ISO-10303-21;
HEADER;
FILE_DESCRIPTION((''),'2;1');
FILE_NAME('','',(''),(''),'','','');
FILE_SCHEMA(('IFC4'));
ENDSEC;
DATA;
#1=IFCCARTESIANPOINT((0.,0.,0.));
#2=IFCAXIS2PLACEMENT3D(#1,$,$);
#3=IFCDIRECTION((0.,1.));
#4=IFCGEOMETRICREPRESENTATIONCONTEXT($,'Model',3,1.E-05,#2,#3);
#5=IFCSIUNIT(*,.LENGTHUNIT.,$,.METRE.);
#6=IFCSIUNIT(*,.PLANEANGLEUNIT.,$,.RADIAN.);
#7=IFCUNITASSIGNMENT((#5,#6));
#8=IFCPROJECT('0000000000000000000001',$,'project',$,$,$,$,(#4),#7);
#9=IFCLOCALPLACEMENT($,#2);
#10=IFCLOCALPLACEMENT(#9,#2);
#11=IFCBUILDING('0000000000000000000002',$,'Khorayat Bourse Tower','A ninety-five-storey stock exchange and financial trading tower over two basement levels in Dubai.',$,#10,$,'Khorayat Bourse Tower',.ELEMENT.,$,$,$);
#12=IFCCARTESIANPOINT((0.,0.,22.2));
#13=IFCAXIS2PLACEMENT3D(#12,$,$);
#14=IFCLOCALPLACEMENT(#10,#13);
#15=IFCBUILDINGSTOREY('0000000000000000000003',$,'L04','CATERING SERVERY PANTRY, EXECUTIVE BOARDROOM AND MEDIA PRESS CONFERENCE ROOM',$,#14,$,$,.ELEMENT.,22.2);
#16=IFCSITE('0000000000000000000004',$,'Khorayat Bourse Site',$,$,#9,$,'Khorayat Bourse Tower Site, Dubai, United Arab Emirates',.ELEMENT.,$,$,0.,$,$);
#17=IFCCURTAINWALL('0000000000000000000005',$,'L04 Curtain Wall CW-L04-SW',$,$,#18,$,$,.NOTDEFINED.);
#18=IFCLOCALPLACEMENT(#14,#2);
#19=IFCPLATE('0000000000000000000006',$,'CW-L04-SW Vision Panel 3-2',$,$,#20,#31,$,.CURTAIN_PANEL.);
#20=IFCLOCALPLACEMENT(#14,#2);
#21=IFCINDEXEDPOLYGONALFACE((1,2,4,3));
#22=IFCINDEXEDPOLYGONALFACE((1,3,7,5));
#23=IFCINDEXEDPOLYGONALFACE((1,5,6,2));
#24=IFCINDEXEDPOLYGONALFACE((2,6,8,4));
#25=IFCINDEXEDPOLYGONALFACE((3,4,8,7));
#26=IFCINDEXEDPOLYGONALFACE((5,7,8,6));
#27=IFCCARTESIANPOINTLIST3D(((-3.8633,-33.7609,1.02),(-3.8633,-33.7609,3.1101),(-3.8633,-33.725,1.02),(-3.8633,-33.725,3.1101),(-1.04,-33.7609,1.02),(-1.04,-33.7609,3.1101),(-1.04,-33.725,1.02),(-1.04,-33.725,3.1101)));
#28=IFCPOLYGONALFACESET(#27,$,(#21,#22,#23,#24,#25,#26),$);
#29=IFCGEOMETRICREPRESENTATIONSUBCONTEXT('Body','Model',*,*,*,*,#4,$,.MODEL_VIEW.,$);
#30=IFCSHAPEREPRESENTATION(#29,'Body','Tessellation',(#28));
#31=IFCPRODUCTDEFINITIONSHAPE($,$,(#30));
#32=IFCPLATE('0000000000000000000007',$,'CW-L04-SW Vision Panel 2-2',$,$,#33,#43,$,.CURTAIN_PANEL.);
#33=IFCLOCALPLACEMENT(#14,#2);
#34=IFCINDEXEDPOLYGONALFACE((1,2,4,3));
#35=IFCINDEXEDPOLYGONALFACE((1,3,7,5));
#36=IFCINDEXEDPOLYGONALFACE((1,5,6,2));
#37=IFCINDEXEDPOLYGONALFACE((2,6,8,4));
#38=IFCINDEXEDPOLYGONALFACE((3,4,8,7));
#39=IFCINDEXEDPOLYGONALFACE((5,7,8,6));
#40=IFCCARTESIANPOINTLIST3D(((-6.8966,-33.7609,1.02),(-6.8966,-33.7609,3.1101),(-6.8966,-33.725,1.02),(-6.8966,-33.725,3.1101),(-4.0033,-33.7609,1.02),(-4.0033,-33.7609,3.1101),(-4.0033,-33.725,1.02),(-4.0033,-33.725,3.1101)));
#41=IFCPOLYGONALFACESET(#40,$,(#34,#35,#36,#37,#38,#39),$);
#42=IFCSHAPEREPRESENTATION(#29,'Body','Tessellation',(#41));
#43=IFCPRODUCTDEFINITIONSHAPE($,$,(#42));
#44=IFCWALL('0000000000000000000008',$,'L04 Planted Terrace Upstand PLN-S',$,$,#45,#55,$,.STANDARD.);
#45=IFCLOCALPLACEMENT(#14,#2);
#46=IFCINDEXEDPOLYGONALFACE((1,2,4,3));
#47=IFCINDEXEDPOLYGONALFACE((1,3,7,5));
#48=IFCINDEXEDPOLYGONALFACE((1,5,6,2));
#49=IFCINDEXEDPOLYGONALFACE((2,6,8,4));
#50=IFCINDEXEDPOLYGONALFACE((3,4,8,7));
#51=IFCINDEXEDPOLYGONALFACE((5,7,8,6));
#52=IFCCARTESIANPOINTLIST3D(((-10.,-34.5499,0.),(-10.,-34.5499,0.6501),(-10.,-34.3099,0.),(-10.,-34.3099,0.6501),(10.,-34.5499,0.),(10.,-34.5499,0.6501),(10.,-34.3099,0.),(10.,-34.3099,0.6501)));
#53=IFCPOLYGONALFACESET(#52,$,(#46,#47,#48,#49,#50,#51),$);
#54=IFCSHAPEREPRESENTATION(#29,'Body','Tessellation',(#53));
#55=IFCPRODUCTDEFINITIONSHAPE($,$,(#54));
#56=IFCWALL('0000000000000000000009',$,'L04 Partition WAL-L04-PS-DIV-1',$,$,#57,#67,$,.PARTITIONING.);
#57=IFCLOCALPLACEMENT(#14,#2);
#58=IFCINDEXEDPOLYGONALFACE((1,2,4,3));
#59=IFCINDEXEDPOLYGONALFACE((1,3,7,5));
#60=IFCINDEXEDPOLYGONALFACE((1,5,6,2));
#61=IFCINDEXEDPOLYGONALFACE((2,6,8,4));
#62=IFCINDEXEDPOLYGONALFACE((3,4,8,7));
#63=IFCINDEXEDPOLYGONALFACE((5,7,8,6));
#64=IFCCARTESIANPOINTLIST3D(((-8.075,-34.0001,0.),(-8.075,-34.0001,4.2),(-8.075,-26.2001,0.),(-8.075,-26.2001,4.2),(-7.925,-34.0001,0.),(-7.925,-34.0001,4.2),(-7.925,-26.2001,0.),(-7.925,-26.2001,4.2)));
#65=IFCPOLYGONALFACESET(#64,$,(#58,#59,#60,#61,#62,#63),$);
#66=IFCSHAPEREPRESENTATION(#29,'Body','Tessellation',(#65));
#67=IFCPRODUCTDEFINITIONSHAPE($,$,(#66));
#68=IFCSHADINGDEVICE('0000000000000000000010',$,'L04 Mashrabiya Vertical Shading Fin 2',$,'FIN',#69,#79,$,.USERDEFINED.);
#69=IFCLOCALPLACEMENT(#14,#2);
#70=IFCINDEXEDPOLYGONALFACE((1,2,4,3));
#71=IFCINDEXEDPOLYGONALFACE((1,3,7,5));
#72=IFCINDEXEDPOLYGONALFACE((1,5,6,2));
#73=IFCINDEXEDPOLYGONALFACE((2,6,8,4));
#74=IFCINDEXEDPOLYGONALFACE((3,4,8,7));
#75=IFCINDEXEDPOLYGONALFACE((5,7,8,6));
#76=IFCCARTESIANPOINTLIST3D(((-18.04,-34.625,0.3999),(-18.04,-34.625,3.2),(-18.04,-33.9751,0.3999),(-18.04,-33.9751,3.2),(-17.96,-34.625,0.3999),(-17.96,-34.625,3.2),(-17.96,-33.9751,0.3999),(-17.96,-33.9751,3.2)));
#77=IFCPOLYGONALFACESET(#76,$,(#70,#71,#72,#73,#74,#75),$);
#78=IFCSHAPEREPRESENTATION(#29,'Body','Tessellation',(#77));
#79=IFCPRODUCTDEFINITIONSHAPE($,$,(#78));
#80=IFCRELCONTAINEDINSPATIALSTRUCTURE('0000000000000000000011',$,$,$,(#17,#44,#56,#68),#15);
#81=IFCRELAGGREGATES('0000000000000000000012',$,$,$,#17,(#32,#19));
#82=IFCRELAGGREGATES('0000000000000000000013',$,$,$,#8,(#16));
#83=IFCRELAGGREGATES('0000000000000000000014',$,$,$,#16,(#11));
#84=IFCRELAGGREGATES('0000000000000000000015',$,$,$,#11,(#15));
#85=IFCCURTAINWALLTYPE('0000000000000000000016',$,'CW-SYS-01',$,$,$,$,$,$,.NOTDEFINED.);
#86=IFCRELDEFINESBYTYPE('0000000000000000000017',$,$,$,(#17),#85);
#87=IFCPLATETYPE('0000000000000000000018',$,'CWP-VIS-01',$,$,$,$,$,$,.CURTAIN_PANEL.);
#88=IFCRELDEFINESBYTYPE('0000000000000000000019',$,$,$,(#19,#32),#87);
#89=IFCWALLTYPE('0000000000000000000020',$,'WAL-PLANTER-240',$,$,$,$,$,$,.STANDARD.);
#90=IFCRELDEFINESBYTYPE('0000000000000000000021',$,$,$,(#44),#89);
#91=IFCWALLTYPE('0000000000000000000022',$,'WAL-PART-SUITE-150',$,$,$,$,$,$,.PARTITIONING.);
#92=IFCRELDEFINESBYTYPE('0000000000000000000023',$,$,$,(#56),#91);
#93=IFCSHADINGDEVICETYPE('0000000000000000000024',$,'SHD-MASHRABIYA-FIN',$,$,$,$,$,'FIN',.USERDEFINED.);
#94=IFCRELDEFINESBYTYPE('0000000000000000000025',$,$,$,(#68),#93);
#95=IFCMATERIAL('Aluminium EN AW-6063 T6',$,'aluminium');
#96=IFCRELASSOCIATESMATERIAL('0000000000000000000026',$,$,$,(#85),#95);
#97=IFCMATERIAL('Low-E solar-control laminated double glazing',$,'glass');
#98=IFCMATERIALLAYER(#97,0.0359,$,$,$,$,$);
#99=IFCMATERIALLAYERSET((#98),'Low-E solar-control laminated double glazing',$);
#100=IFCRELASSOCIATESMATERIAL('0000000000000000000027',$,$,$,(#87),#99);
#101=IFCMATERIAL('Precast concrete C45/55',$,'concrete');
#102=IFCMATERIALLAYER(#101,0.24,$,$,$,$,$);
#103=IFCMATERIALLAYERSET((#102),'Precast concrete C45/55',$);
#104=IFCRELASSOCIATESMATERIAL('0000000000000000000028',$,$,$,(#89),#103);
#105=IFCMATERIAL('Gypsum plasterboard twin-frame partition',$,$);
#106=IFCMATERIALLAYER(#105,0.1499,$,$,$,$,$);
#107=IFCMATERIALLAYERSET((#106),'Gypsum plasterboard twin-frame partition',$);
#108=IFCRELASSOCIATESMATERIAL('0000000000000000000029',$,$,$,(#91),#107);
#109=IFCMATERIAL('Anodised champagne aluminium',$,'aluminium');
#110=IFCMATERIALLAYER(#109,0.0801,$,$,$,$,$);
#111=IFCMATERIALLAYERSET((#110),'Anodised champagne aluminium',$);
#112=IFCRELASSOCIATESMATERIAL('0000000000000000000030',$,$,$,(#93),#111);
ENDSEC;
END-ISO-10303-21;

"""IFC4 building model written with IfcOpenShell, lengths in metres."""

from ifc_helpers import new_model, si_unit, direction, frame, frame_2d, origin, origin_2d, place, context, subcontext, project, spatial, rectangle, extrude, source, transform, mapped, material, layer, layer_set, type_object, element, aggregate, save


model = new_model("IFC4")

# Units and contexts
model_context = context("Model", 3, precision=1e-05, world=origin(), true_north=direction((0.0, 1.0)))
body_context = subcontext(model_context, "Body", "Model", "MODEL_VIEW")
ifc_project = project(units=[si_unit("LENGTHUNIT", "METRE"), si_unit("PLANEANGLEUNIT", "RADIAN")], contexts=[model_context])

# Site, building, storey
site_placement = place(None, origin())
site = spatial("IfcSite", under=ifc_project, at=site_placement, Name="Khorayat Bourse Site", LongName="Khorayat Bourse Tower Site, Dubai, United Arab Emirates", CompositionType="ELEMENT", RefElevation=0.0)
building_placement = place(site_placement, origin())
building = spatial("IfcBuilding", under=site, at=building_placement, Name="Khorayat Bourse Tower", Description="A ninety-five-storey stock exchange and financial trading tower over two basement levels in Dubai.", LongName="Khorayat Bourse Tower", CompositionType="ELEMENT")
storey_placement = place(building_placement, frame((0.0, 0.0, 22.2)))
storey = spatial("IfcBuildingStorey", under=building, at=storey_placement, Name="L04", Description="CATERING SERVERY PANTRY, EXECUTIVE BOARDROOM AND MEDIA PRESS CONFERENCE ROOM", CompositionType="ELEMENT", Elevation=22.2)

# Curtain wall
ifc_material_1 = material(Name="Aluminium EN AW-6063 T6", Category="aluminium")
curtain_wall_type = type_object("IfcCurtainWallType", Name="CW-SYS-01", PredefinedType="NOTDEFINED", material=ifc_material_1)
curtain_wall_placement = place(storey_placement, origin())
curtain_wall = element("IfcCurtainWall", 1, at=curtain_wall_placement, inside=storey, type_object=curtain_wall_type, Name="L04 Curtain Wall CW-L04-SW", PredefinedType="NOTDEFINED")

# Plates
ifc_material_2 = material(Name="Low-E solar-control laminated double glazing", Category="glass")
ifc_layer_1 = layer(ifc_material_2, 0.0359)
ifc_layer_set_1 = layer_set([ifc_layer_1], Name="Low-E solar-control laminated double glazing")
plate_type_1 = type_object("IfcPlateType", Name="CWP-VIS-01", PredefinedType="CURTAIN_PANEL", material=ifc_layer_set_1)
shared_shape_1 = source(origin(), body_context, "Body", "SweptSolid", [
    extrude(rectangle(XDim=2.8232, YDim=0.0359, at=origin_2d()), origin(), (0.0, 0.0, 1.0), 2.0901),
])
plate_1_placement = place(storey_placement, frame((-2.4517, -33.7429, 1.02), z_axis=(0.0, 0.0, 1.0), x_axis=(1.0, 0.0, 0.0)))
plate_1 = element("IfcPlate", 2, at=plate_1_placement, type_object=plate_type_1, Name="CW-L04-SW Vision Panel 3-2", PredefinedType="CURTAIN_PANEL", context=body_context, shape_type="MappedRepresentation", body=[
    mapped(shared_shape_1, transform((0.0, 0.0, 0.0), scale=1.0)),
])
shared_shape_2 = source(origin(), body_context, "Body", "SweptSolid", [
    extrude(rectangle(XDim=2.8933, YDim=0.0359, at=origin_2d()), origin(), (0.0, 0.0, 1.0), 2.0901),
])
plate_2_placement = place(storey_placement, frame((-5.45, -33.7429, 1.02), z_axis=(0.0, 0.0, 1.0), x_axis=(1.0, 0.0, 0.0)))
plate_2 = element("IfcPlate", 3, at=plate_2_placement, type_object=plate_type_1, Name="CW-L04-SW Vision Panel 2-2", PredefinedType="CURTAIN_PANEL", context=body_context, shape_type="MappedRepresentation", body=[
    mapped(shared_shape_2, transform((0.0, 0.0, 0.0), scale=1.0)),
])
aggregate(curtain_wall, [plate_2, plate_1])

# Walls
ifc_material_3 = material(Name="Precast concrete C45/55", Category="concrete")
ifc_layer_2 = layer(ifc_material_3, 0.24)
ifc_layer_set_2 = layer_set([ifc_layer_2], Name="Precast concrete C45/55")
wall_type_1 = type_object("IfcWallType", Name="WAL-PLANTER-240", PredefinedType="STANDARD", material=ifc_layer_set_2)
shared_shape_3 = source(origin(), body_context, "Body", "SweptSolid", [
    extrude(rectangle(XDim=20.0, YDim=0.24, at=frame_2d((10.0, 0.0))), origin(), (0.0, 0.0, 1.0), 0.6501),
])
wall_1_placement = place(storey_placement, frame((-10.0, -34.4299, 0.0), z_axis=(0.0, 0.0, 1.0), x_axis=(1.0, 0.0, 0.0)))
element("IfcWall", 4, at=wall_1_placement, inside=storey, type_object=wall_type_1, Name="L04 Planted Terrace Upstand PLN-S", PredefinedType="STANDARD", context=body_context, shape_type="MappedRepresentation", body=[
    mapped(shared_shape_3, transform((0.0, 0.0, 0.0), scale=1.0)),
])
ifc_material_4 = material(Name="Gypsum plasterboard twin-frame partition")
ifc_layer_3 = layer(ifc_material_4, 0.1499)
ifc_layer_set_3 = layer_set([ifc_layer_3], Name="Gypsum plasterboard twin-frame partition")
wall_type_2 = type_object("IfcWallType", Name="WAL-PART-SUITE-150", PredefinedType="PARTITIONING", material=ifc_layer_set_3)
shared_shape_4 = source(origin(), body_context, "Body", "SweptSolid", [
    extrude(rectangle(XDim=7.8, YDim=0.1499, at=frame_2d((3.8999, 0.0))), origin(), (0.0, 0.0, 1.0), 4.2),
])
wall_2_placement = place(storey_placement, frame((-8.0, -34.0, 0.0), z_axis=(0.0, 0.0, 1.0), x_axis=(0.0, 1.0, 0.0)))
element("IfcWall", 5, at=wall_2_placement, inside=storey, type_object=wall_type_2, Name="L04 Partition WAL-L04-PS-DIV-1", PredefinedType="PARTITIONING", context=body_context, shape_type="MappedRepresentation", body=[
    mapped(shared_shape_4, transform((0.0, 0.0, 0.0), scale=1.0)),
])

# Shading device
ifc_material_5 = material(Name="Anodised champagne aluminium", Category="aluminium")
ifc_layer_4 = layer(ifc_material_5, 0.0801)
ifc_layer_set_4 = layer_set([ifc_layer_4], Name="Anodised champagne aluminium")
shading_device_type = type_object("IfcShadingDeviceType", Name="SHD-MASHRABIYA-FIN", ElementType="FIN", PredefinedType="USERDEFINED", material=ifc_layer_set_4)
shared_shape_5 = source(origin(), body_context, "Body", "SweptSolid", [
    extrude(rectangle(XDim=0.0801, YDim=0.6499, at=origin_2d()), origin(), (0.0, 0.0, 1.0), 2.8),
])
shading_device_placement = place(storey_placement, frame((-18.0, -34.3, 0.3999), z_axis=(0.0, 0.0, 1.0), x_axis=(1.0, 0.0, 0.0)))
element("IfcShadingDevice", 6, at=shading_device_placement, inside=storey, type_object=shading_device_type, Name="L04 Mashrabiya Vertical Shading Fin 2", ObjectType="FIN", PredefinedType="USERDEFINED", context=body_context, shape_type="MappedRepresentation", body=[
    mapped(shared_shape_5, transform((0.0, 0.0, 0.0), scale=1.0)),
])

save(model, "model.ifc")
